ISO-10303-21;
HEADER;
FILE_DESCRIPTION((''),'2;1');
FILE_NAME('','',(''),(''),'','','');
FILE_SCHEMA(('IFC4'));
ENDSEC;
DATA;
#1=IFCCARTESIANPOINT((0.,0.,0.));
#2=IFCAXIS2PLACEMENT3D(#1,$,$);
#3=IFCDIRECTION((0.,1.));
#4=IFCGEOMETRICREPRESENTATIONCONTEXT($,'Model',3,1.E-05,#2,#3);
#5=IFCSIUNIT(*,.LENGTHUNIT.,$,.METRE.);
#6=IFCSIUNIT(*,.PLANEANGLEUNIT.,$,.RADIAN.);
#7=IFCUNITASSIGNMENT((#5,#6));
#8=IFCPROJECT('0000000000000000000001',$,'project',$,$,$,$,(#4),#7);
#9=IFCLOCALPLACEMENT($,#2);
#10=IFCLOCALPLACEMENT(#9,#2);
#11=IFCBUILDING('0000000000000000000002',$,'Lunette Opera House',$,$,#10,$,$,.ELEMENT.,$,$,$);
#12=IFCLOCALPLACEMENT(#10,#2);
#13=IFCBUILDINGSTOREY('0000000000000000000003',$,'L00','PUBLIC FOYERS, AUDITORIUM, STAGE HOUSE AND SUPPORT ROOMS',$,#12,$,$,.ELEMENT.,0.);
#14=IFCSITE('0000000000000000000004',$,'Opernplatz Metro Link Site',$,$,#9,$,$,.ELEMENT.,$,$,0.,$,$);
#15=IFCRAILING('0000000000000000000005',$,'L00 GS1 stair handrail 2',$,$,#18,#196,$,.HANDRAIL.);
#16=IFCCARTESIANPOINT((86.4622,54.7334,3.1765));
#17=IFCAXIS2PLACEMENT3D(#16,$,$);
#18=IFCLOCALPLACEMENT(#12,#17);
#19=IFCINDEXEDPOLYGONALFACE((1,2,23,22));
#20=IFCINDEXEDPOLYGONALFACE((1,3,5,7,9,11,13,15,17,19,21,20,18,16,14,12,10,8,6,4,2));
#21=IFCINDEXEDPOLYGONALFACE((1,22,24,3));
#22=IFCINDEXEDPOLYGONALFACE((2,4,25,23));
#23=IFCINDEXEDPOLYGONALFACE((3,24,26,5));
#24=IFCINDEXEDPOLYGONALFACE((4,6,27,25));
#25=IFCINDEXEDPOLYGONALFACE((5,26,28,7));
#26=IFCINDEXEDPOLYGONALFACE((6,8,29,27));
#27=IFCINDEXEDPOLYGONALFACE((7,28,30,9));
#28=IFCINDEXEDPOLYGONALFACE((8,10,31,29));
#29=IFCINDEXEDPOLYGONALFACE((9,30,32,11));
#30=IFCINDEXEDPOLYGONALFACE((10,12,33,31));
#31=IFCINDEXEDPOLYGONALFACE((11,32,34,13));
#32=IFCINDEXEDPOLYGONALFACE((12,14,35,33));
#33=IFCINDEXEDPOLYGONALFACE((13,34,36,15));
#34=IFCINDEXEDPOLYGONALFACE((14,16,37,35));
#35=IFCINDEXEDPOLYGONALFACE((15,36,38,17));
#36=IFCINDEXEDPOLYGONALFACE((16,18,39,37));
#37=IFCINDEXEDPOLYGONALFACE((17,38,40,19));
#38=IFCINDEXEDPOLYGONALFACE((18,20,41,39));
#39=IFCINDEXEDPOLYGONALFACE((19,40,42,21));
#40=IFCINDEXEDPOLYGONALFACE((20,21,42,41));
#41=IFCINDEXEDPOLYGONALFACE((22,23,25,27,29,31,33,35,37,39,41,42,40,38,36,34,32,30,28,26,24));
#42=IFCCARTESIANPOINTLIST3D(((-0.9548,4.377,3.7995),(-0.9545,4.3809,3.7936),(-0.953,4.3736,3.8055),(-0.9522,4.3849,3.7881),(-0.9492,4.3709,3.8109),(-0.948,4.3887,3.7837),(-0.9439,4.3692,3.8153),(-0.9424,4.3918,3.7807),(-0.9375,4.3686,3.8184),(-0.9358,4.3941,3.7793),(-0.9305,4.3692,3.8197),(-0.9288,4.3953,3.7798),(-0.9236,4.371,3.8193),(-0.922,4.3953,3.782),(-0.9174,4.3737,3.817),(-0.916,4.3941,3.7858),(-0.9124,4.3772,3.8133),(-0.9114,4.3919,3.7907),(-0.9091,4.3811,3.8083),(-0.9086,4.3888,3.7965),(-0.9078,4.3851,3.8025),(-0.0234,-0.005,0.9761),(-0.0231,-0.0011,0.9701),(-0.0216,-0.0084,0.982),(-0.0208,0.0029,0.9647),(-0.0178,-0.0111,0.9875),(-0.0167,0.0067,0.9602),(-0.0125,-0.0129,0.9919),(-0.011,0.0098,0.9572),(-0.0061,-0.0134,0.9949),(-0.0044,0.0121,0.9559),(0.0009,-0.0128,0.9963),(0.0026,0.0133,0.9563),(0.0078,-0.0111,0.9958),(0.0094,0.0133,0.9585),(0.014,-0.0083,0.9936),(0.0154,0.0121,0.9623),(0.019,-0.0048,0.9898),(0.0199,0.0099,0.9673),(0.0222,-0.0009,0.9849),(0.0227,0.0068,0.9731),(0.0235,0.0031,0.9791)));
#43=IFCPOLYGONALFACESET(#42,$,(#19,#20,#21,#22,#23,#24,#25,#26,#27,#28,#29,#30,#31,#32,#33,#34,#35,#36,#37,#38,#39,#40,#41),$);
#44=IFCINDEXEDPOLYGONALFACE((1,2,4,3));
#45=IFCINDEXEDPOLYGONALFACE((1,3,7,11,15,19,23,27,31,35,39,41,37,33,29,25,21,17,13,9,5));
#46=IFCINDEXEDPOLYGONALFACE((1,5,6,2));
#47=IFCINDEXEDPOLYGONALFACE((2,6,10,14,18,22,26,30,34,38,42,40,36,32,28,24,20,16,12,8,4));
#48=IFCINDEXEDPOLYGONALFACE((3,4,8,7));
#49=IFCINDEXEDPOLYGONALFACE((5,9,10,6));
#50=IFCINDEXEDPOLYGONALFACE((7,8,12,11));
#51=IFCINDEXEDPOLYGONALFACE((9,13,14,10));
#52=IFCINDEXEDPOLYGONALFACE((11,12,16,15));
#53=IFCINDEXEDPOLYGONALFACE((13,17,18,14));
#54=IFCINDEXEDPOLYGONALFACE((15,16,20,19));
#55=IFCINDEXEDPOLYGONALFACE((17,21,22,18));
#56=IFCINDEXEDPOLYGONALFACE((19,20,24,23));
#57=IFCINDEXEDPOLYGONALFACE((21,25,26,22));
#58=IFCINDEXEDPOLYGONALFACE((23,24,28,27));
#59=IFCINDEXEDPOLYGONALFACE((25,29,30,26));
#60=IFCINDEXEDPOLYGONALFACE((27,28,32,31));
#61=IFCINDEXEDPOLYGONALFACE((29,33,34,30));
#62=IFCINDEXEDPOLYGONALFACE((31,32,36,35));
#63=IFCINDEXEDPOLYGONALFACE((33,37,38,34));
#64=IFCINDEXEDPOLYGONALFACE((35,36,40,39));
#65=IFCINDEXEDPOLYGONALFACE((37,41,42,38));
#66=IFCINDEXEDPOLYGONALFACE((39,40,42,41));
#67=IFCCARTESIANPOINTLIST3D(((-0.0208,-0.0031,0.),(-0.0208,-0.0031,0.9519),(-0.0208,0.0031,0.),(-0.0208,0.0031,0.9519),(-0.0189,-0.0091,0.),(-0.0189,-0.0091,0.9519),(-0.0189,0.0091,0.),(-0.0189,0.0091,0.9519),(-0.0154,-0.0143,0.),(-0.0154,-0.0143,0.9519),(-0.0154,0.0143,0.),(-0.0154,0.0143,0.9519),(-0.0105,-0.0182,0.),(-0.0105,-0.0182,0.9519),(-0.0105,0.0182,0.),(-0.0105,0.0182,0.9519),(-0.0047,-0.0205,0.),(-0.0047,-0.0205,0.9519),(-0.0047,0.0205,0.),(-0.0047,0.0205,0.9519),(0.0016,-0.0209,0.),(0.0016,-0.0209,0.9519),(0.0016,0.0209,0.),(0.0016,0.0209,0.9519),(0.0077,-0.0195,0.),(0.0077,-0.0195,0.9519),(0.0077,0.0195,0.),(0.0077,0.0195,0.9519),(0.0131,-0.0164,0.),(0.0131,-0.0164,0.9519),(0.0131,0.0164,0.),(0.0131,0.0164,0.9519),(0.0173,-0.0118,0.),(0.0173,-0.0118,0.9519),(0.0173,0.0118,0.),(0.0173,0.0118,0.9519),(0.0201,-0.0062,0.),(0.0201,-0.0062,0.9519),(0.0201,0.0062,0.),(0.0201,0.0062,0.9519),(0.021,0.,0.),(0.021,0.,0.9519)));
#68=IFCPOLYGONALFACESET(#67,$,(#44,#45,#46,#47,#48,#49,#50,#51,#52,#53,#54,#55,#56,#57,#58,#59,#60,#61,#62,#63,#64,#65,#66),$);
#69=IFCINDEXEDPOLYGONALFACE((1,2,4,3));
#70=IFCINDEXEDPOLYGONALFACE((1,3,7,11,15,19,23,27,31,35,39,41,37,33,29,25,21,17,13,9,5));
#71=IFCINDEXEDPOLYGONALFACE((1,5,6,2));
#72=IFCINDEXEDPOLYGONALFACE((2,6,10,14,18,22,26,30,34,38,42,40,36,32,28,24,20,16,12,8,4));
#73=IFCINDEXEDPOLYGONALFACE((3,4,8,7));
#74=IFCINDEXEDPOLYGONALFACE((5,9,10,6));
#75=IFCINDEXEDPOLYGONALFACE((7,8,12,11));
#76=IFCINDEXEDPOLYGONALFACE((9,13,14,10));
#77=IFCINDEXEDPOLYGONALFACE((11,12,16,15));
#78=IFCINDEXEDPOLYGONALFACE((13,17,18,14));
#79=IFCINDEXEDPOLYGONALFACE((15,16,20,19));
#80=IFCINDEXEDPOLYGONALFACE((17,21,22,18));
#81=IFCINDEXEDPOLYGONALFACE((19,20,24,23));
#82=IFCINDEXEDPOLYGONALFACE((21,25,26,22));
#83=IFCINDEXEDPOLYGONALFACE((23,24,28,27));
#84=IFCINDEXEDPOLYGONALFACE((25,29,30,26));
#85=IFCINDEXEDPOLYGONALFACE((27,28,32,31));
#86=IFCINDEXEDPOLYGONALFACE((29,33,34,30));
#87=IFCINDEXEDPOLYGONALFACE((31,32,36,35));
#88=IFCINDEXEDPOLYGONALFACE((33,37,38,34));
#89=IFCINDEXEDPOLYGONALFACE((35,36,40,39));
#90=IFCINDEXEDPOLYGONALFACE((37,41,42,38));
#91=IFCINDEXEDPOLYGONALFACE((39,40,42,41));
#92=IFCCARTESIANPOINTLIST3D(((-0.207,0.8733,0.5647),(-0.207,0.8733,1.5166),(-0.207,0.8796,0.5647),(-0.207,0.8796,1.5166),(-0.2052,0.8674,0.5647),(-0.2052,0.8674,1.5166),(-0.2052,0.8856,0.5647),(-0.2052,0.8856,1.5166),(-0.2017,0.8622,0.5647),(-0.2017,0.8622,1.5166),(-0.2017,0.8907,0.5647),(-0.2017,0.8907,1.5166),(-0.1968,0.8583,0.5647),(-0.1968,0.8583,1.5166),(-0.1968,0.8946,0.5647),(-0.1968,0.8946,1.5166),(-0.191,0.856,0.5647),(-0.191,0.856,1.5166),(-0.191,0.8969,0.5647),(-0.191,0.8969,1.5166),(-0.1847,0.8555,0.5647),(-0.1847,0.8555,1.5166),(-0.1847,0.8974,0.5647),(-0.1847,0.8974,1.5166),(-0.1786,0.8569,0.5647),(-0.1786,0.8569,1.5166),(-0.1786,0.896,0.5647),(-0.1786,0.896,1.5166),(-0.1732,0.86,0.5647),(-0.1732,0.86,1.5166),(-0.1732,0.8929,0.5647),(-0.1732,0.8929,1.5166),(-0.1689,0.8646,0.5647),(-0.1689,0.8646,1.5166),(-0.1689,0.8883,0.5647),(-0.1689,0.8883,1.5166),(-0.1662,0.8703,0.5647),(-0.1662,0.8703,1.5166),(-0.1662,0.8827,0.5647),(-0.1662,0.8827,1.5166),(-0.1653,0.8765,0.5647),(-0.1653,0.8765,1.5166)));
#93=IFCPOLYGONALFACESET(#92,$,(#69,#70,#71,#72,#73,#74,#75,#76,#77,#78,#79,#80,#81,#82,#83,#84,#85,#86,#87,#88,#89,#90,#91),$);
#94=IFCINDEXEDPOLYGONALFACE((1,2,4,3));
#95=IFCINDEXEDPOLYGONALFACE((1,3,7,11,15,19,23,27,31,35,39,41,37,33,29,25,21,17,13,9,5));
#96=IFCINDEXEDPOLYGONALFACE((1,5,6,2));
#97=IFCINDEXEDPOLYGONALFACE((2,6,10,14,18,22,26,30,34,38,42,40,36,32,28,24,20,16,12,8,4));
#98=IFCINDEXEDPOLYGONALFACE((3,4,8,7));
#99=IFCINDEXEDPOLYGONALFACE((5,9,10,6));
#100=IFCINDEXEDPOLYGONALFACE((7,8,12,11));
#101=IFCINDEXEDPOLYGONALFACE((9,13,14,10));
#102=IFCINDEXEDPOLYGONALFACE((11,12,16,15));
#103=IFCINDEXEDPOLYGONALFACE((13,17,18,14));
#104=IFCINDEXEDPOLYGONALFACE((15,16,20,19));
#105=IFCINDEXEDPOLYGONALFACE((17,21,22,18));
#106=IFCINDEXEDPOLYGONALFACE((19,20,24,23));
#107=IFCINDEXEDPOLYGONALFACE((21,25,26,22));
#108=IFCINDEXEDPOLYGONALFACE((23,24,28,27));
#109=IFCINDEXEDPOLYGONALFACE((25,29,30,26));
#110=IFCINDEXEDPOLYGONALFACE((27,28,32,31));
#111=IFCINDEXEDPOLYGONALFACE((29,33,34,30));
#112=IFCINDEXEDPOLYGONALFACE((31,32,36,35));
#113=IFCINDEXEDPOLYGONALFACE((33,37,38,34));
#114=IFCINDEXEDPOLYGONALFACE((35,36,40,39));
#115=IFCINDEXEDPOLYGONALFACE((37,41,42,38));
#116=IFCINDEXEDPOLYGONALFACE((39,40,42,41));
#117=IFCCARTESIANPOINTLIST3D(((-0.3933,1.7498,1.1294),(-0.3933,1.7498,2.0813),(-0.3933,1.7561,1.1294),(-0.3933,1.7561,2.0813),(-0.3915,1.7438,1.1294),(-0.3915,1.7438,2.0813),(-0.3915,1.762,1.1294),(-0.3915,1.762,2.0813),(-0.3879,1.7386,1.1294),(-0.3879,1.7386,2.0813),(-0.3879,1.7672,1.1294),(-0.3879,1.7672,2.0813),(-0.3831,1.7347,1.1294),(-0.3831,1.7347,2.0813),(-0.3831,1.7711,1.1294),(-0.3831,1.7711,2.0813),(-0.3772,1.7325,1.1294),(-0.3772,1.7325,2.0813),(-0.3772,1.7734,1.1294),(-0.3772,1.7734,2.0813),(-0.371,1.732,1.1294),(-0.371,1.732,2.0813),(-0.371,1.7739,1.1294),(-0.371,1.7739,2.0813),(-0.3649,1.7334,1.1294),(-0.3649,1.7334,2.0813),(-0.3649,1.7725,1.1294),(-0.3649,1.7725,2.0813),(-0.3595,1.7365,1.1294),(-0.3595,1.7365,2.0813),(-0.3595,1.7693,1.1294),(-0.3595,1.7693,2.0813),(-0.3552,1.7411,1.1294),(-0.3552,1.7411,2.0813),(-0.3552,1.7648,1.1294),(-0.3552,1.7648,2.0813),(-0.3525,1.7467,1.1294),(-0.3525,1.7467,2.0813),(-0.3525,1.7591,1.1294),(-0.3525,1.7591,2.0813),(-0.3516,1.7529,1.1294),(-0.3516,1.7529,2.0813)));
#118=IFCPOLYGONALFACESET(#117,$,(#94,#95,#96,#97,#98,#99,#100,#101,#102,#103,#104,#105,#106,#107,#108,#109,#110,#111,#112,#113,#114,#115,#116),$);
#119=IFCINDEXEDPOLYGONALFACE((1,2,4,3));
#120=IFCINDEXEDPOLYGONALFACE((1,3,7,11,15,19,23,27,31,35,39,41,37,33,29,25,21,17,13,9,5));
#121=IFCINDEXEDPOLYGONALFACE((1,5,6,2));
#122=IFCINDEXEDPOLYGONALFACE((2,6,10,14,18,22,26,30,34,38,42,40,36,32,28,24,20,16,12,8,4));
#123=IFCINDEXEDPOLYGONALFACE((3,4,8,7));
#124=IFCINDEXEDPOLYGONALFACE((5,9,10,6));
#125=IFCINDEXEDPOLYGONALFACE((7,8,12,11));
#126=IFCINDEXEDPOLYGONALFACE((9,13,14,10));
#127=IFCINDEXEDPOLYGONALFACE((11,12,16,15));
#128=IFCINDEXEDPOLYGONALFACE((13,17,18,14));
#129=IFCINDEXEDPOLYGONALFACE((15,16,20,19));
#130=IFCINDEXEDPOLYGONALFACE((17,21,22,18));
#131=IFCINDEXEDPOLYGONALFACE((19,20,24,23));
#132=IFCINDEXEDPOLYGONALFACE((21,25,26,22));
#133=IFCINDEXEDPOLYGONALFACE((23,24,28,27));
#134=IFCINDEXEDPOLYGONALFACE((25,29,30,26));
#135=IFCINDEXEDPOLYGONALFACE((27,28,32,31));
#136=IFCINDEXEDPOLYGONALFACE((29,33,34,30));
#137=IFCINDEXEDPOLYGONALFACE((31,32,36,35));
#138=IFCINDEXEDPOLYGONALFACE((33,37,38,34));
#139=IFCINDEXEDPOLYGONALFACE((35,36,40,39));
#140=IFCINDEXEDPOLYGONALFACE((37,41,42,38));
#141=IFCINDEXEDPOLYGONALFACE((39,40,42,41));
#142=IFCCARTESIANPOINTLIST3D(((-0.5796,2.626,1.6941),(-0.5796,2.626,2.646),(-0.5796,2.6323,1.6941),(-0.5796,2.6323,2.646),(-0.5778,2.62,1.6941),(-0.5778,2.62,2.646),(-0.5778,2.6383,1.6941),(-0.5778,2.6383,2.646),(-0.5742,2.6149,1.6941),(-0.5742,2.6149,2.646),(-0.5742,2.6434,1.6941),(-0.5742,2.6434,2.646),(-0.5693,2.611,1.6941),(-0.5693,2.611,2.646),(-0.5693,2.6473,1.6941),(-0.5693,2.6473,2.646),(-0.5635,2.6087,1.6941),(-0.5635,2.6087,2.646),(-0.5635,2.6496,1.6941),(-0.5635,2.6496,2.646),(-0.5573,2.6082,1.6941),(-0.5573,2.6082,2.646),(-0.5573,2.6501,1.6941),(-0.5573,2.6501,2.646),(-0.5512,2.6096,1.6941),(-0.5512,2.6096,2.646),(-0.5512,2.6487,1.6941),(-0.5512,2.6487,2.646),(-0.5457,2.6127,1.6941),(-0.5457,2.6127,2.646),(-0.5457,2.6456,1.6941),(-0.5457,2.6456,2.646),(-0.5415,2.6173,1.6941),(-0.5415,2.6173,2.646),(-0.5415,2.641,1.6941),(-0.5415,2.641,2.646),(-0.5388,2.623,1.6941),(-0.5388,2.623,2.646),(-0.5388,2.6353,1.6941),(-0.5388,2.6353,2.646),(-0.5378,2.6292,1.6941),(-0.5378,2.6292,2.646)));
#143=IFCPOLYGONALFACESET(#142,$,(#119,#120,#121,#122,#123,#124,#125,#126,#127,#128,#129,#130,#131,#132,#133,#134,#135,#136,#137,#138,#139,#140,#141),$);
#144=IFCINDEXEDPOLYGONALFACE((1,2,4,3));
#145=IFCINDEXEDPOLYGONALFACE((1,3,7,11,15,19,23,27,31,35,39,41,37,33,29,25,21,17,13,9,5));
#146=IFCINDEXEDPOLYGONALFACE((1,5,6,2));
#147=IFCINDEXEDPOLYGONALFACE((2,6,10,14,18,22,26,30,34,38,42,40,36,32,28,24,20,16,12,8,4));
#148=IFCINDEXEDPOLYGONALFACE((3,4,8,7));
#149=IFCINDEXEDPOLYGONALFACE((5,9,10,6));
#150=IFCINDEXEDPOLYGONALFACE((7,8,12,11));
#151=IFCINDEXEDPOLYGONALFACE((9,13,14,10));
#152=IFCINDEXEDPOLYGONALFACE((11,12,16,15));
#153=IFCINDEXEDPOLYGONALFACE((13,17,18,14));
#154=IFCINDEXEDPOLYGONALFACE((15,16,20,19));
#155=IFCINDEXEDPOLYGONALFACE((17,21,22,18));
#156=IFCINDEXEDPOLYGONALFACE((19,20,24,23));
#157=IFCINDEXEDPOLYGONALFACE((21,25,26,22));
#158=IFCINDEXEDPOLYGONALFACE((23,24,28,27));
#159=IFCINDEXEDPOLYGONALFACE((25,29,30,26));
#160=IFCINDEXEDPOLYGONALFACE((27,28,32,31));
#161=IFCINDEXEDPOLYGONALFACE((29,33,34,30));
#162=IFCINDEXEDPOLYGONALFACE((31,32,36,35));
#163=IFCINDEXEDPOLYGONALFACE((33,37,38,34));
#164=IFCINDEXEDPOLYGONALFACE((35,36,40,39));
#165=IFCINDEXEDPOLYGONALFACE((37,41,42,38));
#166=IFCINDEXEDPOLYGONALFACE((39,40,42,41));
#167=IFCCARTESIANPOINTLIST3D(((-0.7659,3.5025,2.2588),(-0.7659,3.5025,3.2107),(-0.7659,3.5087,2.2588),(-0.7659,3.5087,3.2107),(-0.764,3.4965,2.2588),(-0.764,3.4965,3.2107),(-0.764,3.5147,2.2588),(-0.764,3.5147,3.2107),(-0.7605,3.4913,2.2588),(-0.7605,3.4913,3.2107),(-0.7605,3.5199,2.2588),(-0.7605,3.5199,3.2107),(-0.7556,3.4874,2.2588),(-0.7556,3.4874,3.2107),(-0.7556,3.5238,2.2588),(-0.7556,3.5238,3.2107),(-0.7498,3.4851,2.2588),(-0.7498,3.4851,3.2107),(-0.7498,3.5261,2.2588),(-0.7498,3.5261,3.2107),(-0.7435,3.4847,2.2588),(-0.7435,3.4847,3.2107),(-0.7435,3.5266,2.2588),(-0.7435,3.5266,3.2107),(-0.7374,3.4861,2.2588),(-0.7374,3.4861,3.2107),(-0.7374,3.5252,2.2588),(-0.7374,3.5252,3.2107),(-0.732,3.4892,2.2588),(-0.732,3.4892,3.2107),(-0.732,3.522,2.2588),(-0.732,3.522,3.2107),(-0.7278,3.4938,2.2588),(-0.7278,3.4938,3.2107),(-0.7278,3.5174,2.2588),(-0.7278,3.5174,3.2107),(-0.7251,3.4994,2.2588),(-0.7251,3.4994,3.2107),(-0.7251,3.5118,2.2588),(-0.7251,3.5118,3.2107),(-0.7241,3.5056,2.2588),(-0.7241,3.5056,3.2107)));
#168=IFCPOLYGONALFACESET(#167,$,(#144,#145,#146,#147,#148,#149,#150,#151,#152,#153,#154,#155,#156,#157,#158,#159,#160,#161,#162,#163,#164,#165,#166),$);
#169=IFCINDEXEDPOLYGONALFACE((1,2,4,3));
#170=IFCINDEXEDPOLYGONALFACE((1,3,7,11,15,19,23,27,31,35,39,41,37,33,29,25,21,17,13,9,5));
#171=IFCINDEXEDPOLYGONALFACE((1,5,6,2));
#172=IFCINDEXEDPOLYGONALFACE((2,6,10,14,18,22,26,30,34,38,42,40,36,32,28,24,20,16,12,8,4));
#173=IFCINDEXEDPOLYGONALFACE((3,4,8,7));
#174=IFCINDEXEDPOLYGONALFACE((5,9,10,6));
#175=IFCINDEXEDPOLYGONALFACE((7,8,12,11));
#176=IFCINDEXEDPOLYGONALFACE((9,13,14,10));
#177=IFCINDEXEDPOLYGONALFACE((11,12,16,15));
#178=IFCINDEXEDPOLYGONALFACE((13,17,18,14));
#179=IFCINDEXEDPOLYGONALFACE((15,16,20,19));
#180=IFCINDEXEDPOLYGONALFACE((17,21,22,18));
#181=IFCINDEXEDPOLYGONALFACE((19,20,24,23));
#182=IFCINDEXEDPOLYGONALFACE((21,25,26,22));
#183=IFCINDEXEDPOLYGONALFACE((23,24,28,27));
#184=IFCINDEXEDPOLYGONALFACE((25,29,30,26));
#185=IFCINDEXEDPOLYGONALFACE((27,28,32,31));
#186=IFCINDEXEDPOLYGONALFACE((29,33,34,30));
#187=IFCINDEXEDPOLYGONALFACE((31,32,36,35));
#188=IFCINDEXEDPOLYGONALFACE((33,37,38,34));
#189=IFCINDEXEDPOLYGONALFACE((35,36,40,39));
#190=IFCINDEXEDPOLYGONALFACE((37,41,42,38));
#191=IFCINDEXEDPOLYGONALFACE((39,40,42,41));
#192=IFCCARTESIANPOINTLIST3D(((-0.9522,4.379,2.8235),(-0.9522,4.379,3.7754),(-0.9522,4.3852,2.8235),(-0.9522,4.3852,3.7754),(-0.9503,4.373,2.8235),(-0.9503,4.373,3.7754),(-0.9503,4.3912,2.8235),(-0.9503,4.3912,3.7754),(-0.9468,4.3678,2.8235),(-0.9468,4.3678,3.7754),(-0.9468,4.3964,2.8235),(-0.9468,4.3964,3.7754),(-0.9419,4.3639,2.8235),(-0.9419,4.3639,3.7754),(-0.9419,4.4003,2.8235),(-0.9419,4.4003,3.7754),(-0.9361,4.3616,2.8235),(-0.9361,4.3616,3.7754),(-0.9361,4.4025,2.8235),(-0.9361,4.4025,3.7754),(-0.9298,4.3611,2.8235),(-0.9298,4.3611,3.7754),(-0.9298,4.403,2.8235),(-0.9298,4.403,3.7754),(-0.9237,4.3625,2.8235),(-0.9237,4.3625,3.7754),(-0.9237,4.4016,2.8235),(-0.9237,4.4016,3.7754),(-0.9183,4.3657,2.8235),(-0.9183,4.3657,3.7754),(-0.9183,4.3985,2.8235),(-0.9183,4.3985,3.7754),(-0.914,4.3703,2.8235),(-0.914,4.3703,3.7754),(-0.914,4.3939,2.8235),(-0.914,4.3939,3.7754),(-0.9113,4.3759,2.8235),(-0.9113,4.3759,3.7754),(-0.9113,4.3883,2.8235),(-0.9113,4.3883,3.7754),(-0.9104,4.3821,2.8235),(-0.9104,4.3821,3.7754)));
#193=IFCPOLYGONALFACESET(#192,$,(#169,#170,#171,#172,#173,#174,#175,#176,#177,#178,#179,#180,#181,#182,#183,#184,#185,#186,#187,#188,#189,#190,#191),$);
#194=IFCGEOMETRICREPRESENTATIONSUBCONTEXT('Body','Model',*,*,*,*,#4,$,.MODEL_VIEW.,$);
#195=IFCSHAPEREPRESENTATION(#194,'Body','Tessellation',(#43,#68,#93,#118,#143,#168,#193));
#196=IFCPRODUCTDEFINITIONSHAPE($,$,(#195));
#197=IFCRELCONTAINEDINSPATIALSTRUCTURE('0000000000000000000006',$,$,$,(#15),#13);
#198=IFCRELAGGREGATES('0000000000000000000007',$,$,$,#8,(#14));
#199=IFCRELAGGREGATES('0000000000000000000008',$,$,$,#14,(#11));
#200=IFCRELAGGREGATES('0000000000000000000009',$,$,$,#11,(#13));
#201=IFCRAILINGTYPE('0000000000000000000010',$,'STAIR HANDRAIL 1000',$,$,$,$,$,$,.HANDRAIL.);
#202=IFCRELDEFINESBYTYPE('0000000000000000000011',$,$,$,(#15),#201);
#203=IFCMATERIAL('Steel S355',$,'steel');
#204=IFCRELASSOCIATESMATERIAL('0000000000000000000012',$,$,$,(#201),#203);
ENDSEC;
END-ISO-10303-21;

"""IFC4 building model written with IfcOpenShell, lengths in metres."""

from ifc_helpers import new_model, si_unit, direction, frame, origin, origin_2d, place, context, subcontext, project, spatial, circle, extrude, material, type_object, element, save


model = new_model("IFC4")

# Units and contexts
model_context = context("Model", 3, precision=1e-05, world=origin(), true_north=direction((0.0, 1.0)))
body_context = subcontext(model_context, "Body", "Model", "MODEL_VIEW")
ifc_project = project(units=[si_unit("LENGTHUNIT", "METRE"), si_unit("PLANEANGLEUNIT", "RADIAN")], contexts=[model_context])

# Site, building, storey
site_placement = place(None, origin())
site = spatial("IfcSite", under=ifc_project, at=site_placement, Name="Opernplatz Metro Link Site", CompositionType="ELEMENT", RefElevation=0.0)
building_placement = place(site_placement, origin())
building = spatial("IfcBuilding", under=site, at=building_placement, Name="Lunette Opera House", CompositionType="ELEMENT")
storey_placement = place(building_placement, origin())
storey = spatial("IfcBuildingStorey", under=building, at=storey_placement, Name="L00", Description="PUBLIC FOYERS, AUDITORIUM, STAGE HOUSE AND SUPPORT ROOMS", CompositionType="ELEMENT", Elevation=0.0)

# Railing
ifc_material_1 = material(Name="Steel S355", Category="steel")
railing_type_1 = type_object("IfcRailingType", Name="STAIR HANDRAIL 1000", PredefinedType="HANDRAIL", material=ifc_material_1)
railing_1_placement = place(storey_placement, frame((86.4622, 54.7334, 3.1765)))
element("IfcRailing", 1, at=railing_1_placement, inside=storey, type_object=railing_type_1, Name="L00 GS1 stair handrail 2", PredefinedType="HANDRAIL", context=body_context, shape_type="SweptSolid", body=[
    extrude(circle(Radius=0.0239, at=origin_2d()), frame((0.0, 0.0, 0.9761), z_axis=(-0.175885, 0.827512, 0.533187), x_axis=(-0.97815, -0.207902, 0.0)), (0.0, 0.0, 1.0), 5.2954),
    extrude(circle(Radius=0.021, at=origin_2d()), origin(), (0.0, 0.0, 1.0), 0.9519),
    extrude(circle(Radius=0.021, at=origin_2d()), frame((-0.1863, 0.8765, 0.5647)), (0.0, 0.0, 1.0), 0.9519),
    extrude(circle(Radius=0.021, at=origin_2d()), frame((-0.3726, 1.7529, 1.1294)), (0.0, 0.0, 1.0), 0.9519),
    extrude(circle(Radius=0.021, at=origin_2d()), frame((-0.5588, 2.6292, 1.6941)), (0.0, 0.0, 1.0), 0.9519),
    extrude(circle(Radius=0.021, at=origin_2d()), frame((-0.7451, 3.5056, 2.2588)), (0.0, 0.0, 1.0), 0.9519),
    extrude(circle(Radius=0.021, at=origin_2d()), frame((-0.9314, 4.3821, 2.8235)), (0.0, 0.0, 1.0), 0.9519),
])

save(model, "model.ifc")
